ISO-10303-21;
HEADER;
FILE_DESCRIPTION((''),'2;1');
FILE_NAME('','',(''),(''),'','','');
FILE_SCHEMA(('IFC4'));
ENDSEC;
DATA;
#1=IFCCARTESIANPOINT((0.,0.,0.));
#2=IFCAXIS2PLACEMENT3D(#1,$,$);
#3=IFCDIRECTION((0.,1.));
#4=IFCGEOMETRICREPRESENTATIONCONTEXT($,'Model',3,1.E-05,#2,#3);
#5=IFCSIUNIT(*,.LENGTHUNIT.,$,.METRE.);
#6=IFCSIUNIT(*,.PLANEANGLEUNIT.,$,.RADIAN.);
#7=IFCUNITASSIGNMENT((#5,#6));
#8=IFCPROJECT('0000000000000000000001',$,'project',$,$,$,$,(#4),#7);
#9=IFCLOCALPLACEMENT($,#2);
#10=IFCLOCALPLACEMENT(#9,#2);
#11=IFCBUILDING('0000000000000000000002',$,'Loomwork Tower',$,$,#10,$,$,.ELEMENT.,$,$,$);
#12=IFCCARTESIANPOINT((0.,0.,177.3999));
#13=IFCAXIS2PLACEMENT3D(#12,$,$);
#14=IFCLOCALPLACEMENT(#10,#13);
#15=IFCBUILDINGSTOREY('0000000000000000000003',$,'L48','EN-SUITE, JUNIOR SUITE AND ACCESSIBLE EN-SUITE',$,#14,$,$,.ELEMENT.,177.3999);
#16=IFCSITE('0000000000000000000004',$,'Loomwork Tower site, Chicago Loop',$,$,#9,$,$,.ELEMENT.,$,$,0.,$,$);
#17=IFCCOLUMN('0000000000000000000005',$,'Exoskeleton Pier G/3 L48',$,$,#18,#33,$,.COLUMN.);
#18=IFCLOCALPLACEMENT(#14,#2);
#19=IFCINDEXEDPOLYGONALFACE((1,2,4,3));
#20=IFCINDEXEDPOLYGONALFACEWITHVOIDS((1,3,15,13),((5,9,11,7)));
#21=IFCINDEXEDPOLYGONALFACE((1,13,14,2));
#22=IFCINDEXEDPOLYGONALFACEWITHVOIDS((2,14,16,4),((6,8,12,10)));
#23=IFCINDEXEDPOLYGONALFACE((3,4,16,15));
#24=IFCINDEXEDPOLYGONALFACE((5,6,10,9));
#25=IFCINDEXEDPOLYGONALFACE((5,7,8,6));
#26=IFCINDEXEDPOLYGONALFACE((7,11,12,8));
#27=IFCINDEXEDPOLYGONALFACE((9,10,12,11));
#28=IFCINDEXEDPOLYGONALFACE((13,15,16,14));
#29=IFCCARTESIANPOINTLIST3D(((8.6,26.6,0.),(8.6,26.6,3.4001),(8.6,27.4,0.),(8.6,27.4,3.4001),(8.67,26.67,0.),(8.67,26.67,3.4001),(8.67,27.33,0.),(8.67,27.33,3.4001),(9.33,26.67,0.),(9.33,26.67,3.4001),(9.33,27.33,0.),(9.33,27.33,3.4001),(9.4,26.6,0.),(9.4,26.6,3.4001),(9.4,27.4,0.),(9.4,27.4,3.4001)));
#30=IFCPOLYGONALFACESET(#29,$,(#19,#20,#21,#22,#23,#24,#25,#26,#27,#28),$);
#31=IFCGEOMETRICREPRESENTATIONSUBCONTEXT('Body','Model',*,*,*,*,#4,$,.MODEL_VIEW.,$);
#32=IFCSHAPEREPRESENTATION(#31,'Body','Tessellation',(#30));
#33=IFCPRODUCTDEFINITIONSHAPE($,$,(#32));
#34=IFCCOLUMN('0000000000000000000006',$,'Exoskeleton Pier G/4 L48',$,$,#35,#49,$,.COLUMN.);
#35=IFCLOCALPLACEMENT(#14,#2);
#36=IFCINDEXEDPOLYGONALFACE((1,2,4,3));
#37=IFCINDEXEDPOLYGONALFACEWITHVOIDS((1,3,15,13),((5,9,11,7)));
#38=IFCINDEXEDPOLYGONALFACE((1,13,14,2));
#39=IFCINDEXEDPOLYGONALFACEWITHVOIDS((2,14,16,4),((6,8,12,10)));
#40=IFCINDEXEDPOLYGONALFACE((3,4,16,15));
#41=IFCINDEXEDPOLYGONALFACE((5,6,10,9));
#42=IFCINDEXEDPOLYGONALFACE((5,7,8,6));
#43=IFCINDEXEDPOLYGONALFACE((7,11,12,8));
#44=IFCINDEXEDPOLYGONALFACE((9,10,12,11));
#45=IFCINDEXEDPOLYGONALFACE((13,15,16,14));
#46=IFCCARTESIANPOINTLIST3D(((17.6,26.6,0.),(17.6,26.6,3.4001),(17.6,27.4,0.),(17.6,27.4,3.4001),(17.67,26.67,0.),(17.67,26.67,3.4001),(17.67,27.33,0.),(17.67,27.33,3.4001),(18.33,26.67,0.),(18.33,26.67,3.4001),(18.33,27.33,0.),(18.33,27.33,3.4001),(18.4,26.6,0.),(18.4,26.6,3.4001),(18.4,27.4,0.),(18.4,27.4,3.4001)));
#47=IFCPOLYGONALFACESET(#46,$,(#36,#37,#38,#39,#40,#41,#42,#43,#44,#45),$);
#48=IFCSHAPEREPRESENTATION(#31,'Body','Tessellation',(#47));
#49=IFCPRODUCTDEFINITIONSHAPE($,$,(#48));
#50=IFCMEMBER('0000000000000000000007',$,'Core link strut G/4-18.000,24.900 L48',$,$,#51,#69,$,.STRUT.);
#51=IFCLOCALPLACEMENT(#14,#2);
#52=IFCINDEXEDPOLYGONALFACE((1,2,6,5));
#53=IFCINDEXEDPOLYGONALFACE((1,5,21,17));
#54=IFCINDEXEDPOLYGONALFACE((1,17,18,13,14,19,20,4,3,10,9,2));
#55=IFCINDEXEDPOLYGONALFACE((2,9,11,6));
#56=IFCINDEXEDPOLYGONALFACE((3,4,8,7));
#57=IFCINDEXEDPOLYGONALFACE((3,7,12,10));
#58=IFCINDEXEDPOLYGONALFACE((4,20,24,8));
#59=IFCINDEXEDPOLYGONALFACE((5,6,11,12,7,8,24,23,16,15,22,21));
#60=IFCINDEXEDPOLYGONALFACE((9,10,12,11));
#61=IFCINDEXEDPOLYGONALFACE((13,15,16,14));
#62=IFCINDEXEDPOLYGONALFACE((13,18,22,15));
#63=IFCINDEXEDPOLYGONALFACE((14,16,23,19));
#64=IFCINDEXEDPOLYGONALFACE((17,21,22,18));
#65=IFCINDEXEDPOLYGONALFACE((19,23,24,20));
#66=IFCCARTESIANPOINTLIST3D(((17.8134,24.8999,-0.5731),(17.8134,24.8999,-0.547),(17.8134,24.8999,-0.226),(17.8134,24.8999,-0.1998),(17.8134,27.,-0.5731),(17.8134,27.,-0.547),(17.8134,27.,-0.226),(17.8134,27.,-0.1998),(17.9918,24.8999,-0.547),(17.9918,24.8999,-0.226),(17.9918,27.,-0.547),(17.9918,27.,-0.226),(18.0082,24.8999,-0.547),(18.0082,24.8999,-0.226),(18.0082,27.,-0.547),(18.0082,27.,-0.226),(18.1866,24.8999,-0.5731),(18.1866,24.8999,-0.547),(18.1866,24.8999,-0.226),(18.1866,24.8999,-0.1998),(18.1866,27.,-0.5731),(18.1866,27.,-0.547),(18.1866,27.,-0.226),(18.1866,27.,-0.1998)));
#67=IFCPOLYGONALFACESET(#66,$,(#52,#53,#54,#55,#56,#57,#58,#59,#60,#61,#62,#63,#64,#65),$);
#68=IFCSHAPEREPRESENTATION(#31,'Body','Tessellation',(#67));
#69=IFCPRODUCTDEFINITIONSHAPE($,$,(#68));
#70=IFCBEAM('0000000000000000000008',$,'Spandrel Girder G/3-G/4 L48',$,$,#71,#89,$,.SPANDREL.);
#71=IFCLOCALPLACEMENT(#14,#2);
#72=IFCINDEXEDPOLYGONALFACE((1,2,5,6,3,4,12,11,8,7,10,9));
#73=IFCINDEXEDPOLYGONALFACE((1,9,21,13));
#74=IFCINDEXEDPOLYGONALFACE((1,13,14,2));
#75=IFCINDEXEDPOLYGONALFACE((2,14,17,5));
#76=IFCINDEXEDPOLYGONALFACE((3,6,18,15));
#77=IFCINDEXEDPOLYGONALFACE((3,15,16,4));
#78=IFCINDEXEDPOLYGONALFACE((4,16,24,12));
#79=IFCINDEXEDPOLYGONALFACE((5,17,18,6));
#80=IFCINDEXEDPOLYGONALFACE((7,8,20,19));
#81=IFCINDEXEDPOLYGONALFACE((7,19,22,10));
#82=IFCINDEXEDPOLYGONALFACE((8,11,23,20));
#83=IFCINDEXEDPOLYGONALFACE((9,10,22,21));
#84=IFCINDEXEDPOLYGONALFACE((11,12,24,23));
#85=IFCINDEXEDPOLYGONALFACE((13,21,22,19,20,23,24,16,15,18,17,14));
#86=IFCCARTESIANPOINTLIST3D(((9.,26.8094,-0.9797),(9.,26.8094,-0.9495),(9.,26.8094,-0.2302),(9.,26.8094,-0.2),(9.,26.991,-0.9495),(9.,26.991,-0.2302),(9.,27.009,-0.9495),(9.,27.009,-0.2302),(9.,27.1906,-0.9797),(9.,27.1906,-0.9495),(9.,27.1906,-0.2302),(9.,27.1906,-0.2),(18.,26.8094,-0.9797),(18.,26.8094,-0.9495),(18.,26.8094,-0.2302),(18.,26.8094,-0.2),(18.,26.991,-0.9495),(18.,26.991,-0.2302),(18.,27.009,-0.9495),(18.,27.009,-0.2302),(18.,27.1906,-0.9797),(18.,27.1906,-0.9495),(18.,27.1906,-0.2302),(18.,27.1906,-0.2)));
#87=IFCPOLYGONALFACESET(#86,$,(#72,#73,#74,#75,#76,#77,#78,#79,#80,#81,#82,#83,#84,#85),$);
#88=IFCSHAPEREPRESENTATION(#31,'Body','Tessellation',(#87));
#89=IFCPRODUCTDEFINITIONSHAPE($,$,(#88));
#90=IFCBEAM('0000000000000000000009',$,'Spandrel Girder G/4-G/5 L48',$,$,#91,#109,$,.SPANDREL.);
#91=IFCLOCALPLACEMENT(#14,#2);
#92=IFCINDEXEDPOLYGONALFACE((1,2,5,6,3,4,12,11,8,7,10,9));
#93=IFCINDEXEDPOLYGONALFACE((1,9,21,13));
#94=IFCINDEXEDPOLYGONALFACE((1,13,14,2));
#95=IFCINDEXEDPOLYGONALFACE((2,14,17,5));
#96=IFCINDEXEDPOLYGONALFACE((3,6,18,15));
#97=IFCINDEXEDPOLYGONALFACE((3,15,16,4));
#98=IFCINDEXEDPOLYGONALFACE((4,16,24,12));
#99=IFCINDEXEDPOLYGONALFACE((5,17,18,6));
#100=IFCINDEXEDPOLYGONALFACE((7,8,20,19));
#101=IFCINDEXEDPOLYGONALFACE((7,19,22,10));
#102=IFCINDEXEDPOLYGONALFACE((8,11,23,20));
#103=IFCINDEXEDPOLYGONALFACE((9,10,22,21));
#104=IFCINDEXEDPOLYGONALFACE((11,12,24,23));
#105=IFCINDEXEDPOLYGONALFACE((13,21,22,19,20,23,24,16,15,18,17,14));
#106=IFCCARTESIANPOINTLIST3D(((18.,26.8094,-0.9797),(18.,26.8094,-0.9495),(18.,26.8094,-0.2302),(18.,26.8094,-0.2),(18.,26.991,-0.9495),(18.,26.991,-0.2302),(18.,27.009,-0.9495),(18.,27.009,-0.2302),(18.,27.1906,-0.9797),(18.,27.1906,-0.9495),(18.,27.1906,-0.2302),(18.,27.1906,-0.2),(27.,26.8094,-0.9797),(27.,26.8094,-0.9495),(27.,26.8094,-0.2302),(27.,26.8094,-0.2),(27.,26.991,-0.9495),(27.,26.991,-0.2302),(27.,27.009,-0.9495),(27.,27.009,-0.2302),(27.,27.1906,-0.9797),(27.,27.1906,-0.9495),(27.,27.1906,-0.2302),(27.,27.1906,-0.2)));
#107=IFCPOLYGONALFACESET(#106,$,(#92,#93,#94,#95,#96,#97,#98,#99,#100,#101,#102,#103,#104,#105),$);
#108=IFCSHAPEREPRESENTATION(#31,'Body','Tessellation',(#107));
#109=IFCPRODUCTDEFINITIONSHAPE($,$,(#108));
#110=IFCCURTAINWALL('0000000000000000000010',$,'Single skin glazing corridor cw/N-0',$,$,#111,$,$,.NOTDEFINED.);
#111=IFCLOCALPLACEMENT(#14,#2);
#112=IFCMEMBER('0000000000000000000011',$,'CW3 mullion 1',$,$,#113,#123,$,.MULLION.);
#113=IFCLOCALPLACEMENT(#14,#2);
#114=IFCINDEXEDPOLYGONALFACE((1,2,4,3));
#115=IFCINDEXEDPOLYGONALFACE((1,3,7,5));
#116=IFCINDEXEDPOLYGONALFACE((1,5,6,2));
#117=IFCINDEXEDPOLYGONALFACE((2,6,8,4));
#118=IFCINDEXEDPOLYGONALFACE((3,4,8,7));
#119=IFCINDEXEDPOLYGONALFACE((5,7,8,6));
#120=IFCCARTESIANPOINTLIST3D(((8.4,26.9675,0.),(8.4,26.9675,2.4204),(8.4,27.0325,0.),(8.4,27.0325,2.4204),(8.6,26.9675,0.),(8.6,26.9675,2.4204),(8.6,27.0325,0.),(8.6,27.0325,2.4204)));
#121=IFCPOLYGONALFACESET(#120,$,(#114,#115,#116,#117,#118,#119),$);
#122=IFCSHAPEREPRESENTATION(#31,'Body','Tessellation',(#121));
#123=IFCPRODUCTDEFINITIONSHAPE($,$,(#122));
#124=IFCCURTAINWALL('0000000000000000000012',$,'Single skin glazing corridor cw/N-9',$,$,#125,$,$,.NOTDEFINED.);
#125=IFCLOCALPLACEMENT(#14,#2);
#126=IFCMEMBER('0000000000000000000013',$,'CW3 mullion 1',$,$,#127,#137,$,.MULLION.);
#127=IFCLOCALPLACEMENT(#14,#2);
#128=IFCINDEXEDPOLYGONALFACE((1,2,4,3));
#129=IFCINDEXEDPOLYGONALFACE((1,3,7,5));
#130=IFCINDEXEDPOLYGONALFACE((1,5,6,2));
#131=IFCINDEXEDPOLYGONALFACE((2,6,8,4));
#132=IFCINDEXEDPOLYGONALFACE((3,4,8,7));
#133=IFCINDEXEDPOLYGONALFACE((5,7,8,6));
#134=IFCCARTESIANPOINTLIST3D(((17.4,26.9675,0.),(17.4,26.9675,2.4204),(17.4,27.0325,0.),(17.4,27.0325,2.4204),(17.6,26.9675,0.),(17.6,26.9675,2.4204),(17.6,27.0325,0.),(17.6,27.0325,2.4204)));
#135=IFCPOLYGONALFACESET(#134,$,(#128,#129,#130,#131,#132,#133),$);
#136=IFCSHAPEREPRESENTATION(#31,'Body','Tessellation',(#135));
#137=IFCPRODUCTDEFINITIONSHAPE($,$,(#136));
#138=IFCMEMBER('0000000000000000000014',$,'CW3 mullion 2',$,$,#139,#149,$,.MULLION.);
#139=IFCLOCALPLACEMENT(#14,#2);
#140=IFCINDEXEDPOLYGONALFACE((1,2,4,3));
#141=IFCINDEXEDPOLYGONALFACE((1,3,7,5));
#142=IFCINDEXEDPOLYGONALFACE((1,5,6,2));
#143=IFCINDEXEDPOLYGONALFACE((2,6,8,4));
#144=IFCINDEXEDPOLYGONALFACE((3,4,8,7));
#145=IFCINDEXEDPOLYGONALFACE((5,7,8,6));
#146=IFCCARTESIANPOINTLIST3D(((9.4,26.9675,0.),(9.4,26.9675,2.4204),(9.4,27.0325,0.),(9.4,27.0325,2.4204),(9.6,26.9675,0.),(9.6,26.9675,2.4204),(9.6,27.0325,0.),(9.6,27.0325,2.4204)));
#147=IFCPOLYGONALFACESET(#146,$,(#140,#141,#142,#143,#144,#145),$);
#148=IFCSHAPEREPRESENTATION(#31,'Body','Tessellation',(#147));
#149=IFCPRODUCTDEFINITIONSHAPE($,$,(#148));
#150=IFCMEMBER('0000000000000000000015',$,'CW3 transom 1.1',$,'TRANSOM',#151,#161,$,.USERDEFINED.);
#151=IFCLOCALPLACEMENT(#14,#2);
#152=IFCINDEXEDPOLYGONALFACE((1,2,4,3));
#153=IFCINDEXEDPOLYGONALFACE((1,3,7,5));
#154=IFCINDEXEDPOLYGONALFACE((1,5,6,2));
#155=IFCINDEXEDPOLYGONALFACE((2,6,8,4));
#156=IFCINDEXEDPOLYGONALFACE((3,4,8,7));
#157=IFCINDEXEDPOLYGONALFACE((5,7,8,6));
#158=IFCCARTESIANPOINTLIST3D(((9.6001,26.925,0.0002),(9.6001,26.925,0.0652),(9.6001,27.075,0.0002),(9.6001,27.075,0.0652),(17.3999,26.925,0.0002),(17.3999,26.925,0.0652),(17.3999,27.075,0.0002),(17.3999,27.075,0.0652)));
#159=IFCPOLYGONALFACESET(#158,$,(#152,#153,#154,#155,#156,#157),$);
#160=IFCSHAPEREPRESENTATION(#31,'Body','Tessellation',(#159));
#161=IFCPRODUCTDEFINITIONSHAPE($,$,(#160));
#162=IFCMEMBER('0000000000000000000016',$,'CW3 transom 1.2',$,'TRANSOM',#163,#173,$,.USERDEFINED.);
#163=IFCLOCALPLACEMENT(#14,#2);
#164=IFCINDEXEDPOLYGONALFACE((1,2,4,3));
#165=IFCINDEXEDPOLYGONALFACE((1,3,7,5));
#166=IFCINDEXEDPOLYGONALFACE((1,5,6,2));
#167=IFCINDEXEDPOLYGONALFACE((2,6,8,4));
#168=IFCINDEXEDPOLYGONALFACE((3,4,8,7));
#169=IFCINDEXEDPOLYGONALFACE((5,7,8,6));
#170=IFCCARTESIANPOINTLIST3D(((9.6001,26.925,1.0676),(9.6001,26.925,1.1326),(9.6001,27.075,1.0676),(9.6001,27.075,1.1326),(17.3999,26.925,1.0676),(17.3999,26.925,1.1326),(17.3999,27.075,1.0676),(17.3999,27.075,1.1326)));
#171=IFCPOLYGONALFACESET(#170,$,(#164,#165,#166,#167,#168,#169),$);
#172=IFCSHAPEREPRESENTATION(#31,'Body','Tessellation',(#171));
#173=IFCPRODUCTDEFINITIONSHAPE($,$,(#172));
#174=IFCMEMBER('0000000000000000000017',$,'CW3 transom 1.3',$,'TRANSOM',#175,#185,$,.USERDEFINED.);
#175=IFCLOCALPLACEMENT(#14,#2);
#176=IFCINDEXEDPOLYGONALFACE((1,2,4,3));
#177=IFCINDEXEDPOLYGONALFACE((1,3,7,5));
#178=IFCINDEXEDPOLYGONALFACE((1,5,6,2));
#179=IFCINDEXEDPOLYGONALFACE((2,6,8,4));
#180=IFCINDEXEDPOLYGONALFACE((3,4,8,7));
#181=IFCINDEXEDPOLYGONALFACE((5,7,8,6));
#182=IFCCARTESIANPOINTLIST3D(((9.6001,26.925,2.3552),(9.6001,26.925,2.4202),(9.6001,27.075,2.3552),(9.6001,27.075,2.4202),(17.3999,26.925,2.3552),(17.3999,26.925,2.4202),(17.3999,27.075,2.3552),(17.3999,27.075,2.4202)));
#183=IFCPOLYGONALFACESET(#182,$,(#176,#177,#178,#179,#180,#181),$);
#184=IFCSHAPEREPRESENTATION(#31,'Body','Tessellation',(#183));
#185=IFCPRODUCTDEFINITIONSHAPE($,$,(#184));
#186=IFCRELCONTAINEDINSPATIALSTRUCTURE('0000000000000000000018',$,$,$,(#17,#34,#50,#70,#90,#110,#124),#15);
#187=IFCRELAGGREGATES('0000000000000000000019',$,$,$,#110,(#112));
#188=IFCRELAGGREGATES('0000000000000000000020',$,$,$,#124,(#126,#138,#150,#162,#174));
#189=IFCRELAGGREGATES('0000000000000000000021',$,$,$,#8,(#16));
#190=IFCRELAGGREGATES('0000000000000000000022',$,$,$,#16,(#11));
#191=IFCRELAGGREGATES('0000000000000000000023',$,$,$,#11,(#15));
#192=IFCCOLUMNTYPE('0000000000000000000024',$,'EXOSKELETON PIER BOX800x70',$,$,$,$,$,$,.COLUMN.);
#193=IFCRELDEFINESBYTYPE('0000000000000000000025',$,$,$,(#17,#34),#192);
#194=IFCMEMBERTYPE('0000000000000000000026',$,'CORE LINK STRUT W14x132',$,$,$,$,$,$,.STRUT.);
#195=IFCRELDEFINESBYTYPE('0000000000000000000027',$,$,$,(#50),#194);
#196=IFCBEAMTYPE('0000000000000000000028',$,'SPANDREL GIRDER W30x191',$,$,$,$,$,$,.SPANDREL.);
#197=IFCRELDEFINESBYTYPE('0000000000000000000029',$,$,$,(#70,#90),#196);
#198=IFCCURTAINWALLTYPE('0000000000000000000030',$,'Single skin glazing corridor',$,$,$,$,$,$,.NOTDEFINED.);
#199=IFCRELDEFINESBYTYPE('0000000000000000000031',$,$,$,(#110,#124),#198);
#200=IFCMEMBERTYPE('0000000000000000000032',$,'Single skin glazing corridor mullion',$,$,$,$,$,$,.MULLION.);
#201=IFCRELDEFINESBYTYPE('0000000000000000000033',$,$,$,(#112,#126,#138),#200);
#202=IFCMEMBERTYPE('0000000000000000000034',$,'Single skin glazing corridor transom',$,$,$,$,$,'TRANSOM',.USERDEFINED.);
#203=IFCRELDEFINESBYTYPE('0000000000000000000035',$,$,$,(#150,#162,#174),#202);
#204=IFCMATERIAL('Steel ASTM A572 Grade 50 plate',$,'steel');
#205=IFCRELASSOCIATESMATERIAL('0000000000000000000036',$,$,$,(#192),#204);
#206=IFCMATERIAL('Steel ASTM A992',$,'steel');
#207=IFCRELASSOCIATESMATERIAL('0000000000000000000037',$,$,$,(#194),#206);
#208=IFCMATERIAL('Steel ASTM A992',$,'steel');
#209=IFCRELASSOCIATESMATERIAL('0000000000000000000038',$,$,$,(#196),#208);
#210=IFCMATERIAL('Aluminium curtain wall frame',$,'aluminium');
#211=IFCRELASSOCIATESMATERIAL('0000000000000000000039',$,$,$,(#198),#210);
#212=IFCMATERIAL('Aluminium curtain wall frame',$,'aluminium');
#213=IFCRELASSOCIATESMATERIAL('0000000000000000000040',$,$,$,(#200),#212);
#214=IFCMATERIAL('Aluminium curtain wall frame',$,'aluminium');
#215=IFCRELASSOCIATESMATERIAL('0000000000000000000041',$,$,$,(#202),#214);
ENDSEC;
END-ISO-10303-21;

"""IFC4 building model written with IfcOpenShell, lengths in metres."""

from ifc_helpers import new_model, si_unit, direction, frame, origin, origin_2d, place, context, subcontext, project, spatial, rectangle, hollow_rectangle, i_section, extrude, material, material_profile, profile_set, type_object, element, aggregate, save


model = new_model("IFC4")

# Units and contexts
model_context = context("Model", 3, precision=1e-05, world=origin(), true_north=direction((0.0, 1.0)))
body_context = subcontext(model_context, "Body", "Model", "MODEL_VIEW")
ifc_project = project(units=[si_unit("LENGTHUNIT", "METRE"), si_unit("PLANEANGLEUNIT", "RADIAN")], contexts=[model_context])

# Site, building, storey
site_placement = place(None, origin())
site = spatial("IfcSite", under=ifc_project, at=site_placement, Name="Loomwork Tower site, Chicago Loop", CompositionType="ELEMENT", RefElevation=0.0)
building_placement = place(site_placement, origin())
building = spatial("IfcBuilding", under=site, at=building_placement, Name="Loomwork Tower", CompositionType="ELEMENT")
storey_placement = place(building_placement, frame((0.0, 0.0, 177.3999)))
storey = spatial("IfcBuildingStorey", under=building, at=storey_placement, Name="L48", Description="EN-SUITE, JUNIOR SUITE AND ACCESSIBLE EN-SUITE", CompositionType="ELEMENT", Elevation=177.3999)

# Columns
ifc_material_1 = material(Name="Steel ASTM A572 Grade 50 plate", Category="steel")
ifc_material_profile_1 = material_profile(ifc_material_1, hollow_rectangle(XDim=0.8, YDim=0.8, WallThickness=0.0701, at=origin_2d()), Name="BOX800x70")
ifc_profile_set_1 = profile_set([ifc_material_profile_1], Name="Steel ASTM A572 Grade 50 plate")
column_type = type_object("IfcColumnType", Name="EXOSKELETON PIER BOX800x70", PredefinedType="COLUMN", material=ifc_profile_set_1)
for number, where, z_axis, x_axis, name in (
    (1, (9.0, 27.0, 0.0), (0.0, 0.0, 1.0), (1.0, 0.0, 0.0), "Exoskeleton Pier G/3 L48"),
    (2, (18.0, 27.0, 0.0), (0.0, 0.0, 1.0), (1.0, 0.0, 0.0), "Exoskeleton Pier G/4 L48"),
):
    element("IfcColumn", number, at=place(storey_placement, frame(where, z_axis=z_axis, x_axis=x_axis)), inside=storey, type_object=column_type, Name=name, PredefinedType="COLUMN", context=body_context, shape_type="SweptSolid", body=[
        extrude(hollow_rectangle(XDim=0.8, YDim=0.8, WallThickness=0.0701, at=origin_2d()), origin(), (0.0, 0.0, 1.0), 3.4001),
    ])

# Member
ifc_material_2 = material(Name="Steel ASTM A992", Category="steel")
ifc_material_profile_2 = material_profile(ifc_material_2, i_section(OverallWidth=0.3733, OverallDepth=0.3733, WebThickness=0.0164, FlangeThickness=0.0261, at=origin_2d()), Name="W14x132")
ifc_profile_set_2 = profile_set([ifc_material_profile_2], Name="Steel ASTM A992")
member_type_1 = type_object("IfcMemberType", Name="CORE LINK STRUT W14x132", PredefinedType="STRUT", material=ifc_profile_set_2)
member_1_placement = place(storey_placement, frame((18.0, 27.0, -0.3865), z_axis=(0.0, -1.0, 0.0), x_axis=(1.0, 0.0, 0.0)))
element("IfcMember", 3, at=member_1_placement, inside=storey, type_object=member_type_1, Name="Core link strut G/4-18.000,24.900 L48", PredefinedType="STRUT", context=body_context, shape_type="SweptSolid", body=[
    extrude(i_section(OverallWidth=0.3733, OverallDepth=0.3733, WebThickness=0.0164, FlangeThickness=0.0261, at=origin_2d()), origin(), (0.0, 0.0, 1.0), 2.1001),
])

# Beams
ifc_material_3 = material(Name="Steel ASTM A992", Category="steel")
ifc_material_profile_3 = material_profile(ifc_material_3, i_section(OverallWidth=0.3811, OverallDepth=0.7798, WebThickness=0.0181, FlangeThickness=0.0303, at=origin_2d()), Name="W30x191")
ifc_profile_set_3 = profile_set([ifc_material_profile_3], Name="Steel ASTM A992")
beam_type = type_object("IfcBeamType", Name="SPANDREL GIRDER W30x191", PredefinedType="SPANDREL", material=ifc_profile_set_3)
for number, where, z_axis, x_axis, name in (
    (4, (9.0, 27.0, -0.5898), (1.0, 0.0, 0.0), (0.0, 1.0, 0.0), "Spandrel Girder G/3-G/4 L48"),
    (5, (18.0, 27.0, -0.5898), (1.0, 0.0, 0.0), (0.0, 1.0, 0.0), "Spandrel Girder G/4-G/5 L48"),
):
    element("IfcBeam", number, at=place(storey_placement, frame(where, z_axis=z_axis, x_axis=x_axis)), inside=storey, type_object=beam_type, Name=name, PredefinedType="SPANDREL", context=body_context, shape_type="SweptSolid", body=[
        extrude(i_section(OverallWidth=0.3811, OverallDepth=0.7798, WebThickness=0.0181, FlangeThickness=0.0303, at=origin_2d()), origin(), (0.0, 0.0, 1.0), 9.0),
    ])

# Curtain wall, member
ifc_material_4 = material(Name="Aluminium curtain wall frame", Category="aluminium")
curtain_wall_type = type_object("IfcCurtainWallType", Name="Single skin glazing corridor", PredefinedType="NOTDEFINED", material=ifc_material_4)
curtain_wall_1_placement = place(storey_placement, origin())
curtain_wall_1 = element("IfcCurtainWall", 6, at=curtain_wall_1_placement, inside=storey, type_object=curtain_wall_type, Name="Single skin glazing corridor cw/N-0", PredefinedType="NOTDEFINED")
ifc_material_5 = material(Name="Aluminium curtain wall frame", Category="aluminium")
ifc_material_profile_4 = material_profile(ifc_material_5, rectangle(XDim=0.0649, YDim=0.2, at=origin_2d()), Name="AL 65x200")
ifc_profile_set_4 = profile_set([ifc_material_profile_4], Name="Aluminium curtain wall frame")
member_type_2 = type_object("IfcMemberType", Name="Single skin glazing corridor mullion", PredefinedType="MULLION", material=ifc_profile_set_4)
member_2_placement = place(storey_placement, frame((8.5, 27.0, 0.0), z_axis=(0.0, 0.0, 1.0), x_axis=(0.0, -1.0, 0.0)))
member_2 = element("IfcMember", 7, at=member_2_placement, type_object=member_type_2, Name="CW3 mullion 1", PredefinedType="MULLION", context=body_context, shape_type="SweptSolid", body=[
    extrude(rectangle(XDim=0.0649, YDim=0.2, at=origin_2d()), origin(), (0.0, 0.0, 1.0), 2.4204),
])
aggregate(curtain_wall_1, [member_2])

# Curtain wall, members
curtain_wall_2_placement = place(storey_placement, origin())
curtain_wall_2 = element("IfcCurtainWall", 8, at=curtain_wall_2_placement, inside=storey, type_object=curtain_wall_type, Name="Single skin glazing corridor cw/N-9", PredefinedType="NOTDEFINED")
member_3_placement = place(storey_placement, frame((17.5, 27.0, 0.0), z_axis=(0.0, 0.0, 1.0), x_axis=(0.0, -1.0, 0.0)))
member_3 = element("IfcMember", 9, at=member_3_placement, type_object=member_type_2, Name="CW3 mullion 1", PredefinedType="MULLION", context=body_context, shape_type="SweptSolid", body=[
    extrude(rectangle(XDim=0.0649, YDim=0.2, at=origin_2d()), origin(), (0.0, 0.0, 1.0), 2.4204),
])
member_4_placement = place(storey_placement, frame((9.5, 27.0, 0.0), z_axis=(0.0, 0.0, 1.0), x_axis=(0.0, -1.0, 0.0)))
member_4 = element("IfcMember", 10, at=member_4_placement, type_object=member_type_2, Name="CW3 mullion 2", PredefinedType="MULLION", context=body_context, shape_type="SweptSolid", body=[
    extrude(rectangle(XDim=0.0649, YDim=0.2, at=origin_2d()), origin(), (0.0, 0.0, 1.0), 2.4204),
])
ifc_material_6 = material(Name="Aluminium curtain wall frame", Category="aluminium")
ifc_material_profile_5 = material_profile(ifc_material_6, rectangle(XDim=0.1499, YDim=0.0649, at=origin_2d()), Name="AL 65x150")
ifc_profile_set_5 = profile_set([ifc_material_profile_5], Name="Aluminium curtain wall frame")
member_type_3 = type_object("IfcMemberType", Name="Single skin glazing corridor transom", ElementType="TRANSOM", PredefinedType="USERDEFINED", material=ifc_profile_set_5)
member_5_placement = place(storey_placement, frame((17.3999, 27.0, 0.0327), z_axis=(-1.0, 0.0, 0.0), x_axis=(0.0, -1.0, 0.0)))
member_5 = element("IfcMember", 11, at=member_5_placement, type_object=member_type_3, Name="CW3 transom 1.1", ObjectType="TRANSOM", PredefinedType="USERDEFINED", context=body_context, shape_type="SweptSolid", body=[
    extrude(rectangle(XDim=0.1499, YDim=0.0649, at=origin_2d()), origin(), (0.0, 0.0, 1.0), 7.7998),
])
member_6_placement = place(storey_placement, frame((17.3999, 27.0, 1.1001), z_axis=(-1.0, 0.0, 0.0), x_axis=(0.0, -1.0, 0.0)))
member_6 = element("IfcMember", 12, at=member_6_placement, type_object=member_type_3, Name="CW3 transom 1.2", ObjectType="TRANSOM", PredefinedType="USERDEFINED", context=body_context, shape_type="SweptSolid", body=[
    extrude(rectangle(XDim=0.1499, YDim=0.0649, at=origin_2d()), origin(), (0.0, 0.0, 1.0), 7.7998),
])
member_7_placement = place(storey_placement, frame((17.3999, 27.0, 2.3877), z_axis=(-1.0, 0.0, 0.0), x_axis=(0.0, -1.0, 0.0)))
member_7 = element("IfcMember", 13, at=member_7_placement, type_object=member_type_3, Name="CW3 transom 1.3", ObjectType="TRANSOM", PredefinedType="USERDEFINED", context=body_context, shape_type="SweptSolid", body=[
    extrude(rectangle(XDim=0.1499, YDim=0.0649, at=origin_2d()), origin(), (0.0, 0.0, 1.0), 7.7998),
])
aggregate(curtain_wall_2, [member_3, member_4, member_5, member_6, member_7])

save(model, "model.ifc")
